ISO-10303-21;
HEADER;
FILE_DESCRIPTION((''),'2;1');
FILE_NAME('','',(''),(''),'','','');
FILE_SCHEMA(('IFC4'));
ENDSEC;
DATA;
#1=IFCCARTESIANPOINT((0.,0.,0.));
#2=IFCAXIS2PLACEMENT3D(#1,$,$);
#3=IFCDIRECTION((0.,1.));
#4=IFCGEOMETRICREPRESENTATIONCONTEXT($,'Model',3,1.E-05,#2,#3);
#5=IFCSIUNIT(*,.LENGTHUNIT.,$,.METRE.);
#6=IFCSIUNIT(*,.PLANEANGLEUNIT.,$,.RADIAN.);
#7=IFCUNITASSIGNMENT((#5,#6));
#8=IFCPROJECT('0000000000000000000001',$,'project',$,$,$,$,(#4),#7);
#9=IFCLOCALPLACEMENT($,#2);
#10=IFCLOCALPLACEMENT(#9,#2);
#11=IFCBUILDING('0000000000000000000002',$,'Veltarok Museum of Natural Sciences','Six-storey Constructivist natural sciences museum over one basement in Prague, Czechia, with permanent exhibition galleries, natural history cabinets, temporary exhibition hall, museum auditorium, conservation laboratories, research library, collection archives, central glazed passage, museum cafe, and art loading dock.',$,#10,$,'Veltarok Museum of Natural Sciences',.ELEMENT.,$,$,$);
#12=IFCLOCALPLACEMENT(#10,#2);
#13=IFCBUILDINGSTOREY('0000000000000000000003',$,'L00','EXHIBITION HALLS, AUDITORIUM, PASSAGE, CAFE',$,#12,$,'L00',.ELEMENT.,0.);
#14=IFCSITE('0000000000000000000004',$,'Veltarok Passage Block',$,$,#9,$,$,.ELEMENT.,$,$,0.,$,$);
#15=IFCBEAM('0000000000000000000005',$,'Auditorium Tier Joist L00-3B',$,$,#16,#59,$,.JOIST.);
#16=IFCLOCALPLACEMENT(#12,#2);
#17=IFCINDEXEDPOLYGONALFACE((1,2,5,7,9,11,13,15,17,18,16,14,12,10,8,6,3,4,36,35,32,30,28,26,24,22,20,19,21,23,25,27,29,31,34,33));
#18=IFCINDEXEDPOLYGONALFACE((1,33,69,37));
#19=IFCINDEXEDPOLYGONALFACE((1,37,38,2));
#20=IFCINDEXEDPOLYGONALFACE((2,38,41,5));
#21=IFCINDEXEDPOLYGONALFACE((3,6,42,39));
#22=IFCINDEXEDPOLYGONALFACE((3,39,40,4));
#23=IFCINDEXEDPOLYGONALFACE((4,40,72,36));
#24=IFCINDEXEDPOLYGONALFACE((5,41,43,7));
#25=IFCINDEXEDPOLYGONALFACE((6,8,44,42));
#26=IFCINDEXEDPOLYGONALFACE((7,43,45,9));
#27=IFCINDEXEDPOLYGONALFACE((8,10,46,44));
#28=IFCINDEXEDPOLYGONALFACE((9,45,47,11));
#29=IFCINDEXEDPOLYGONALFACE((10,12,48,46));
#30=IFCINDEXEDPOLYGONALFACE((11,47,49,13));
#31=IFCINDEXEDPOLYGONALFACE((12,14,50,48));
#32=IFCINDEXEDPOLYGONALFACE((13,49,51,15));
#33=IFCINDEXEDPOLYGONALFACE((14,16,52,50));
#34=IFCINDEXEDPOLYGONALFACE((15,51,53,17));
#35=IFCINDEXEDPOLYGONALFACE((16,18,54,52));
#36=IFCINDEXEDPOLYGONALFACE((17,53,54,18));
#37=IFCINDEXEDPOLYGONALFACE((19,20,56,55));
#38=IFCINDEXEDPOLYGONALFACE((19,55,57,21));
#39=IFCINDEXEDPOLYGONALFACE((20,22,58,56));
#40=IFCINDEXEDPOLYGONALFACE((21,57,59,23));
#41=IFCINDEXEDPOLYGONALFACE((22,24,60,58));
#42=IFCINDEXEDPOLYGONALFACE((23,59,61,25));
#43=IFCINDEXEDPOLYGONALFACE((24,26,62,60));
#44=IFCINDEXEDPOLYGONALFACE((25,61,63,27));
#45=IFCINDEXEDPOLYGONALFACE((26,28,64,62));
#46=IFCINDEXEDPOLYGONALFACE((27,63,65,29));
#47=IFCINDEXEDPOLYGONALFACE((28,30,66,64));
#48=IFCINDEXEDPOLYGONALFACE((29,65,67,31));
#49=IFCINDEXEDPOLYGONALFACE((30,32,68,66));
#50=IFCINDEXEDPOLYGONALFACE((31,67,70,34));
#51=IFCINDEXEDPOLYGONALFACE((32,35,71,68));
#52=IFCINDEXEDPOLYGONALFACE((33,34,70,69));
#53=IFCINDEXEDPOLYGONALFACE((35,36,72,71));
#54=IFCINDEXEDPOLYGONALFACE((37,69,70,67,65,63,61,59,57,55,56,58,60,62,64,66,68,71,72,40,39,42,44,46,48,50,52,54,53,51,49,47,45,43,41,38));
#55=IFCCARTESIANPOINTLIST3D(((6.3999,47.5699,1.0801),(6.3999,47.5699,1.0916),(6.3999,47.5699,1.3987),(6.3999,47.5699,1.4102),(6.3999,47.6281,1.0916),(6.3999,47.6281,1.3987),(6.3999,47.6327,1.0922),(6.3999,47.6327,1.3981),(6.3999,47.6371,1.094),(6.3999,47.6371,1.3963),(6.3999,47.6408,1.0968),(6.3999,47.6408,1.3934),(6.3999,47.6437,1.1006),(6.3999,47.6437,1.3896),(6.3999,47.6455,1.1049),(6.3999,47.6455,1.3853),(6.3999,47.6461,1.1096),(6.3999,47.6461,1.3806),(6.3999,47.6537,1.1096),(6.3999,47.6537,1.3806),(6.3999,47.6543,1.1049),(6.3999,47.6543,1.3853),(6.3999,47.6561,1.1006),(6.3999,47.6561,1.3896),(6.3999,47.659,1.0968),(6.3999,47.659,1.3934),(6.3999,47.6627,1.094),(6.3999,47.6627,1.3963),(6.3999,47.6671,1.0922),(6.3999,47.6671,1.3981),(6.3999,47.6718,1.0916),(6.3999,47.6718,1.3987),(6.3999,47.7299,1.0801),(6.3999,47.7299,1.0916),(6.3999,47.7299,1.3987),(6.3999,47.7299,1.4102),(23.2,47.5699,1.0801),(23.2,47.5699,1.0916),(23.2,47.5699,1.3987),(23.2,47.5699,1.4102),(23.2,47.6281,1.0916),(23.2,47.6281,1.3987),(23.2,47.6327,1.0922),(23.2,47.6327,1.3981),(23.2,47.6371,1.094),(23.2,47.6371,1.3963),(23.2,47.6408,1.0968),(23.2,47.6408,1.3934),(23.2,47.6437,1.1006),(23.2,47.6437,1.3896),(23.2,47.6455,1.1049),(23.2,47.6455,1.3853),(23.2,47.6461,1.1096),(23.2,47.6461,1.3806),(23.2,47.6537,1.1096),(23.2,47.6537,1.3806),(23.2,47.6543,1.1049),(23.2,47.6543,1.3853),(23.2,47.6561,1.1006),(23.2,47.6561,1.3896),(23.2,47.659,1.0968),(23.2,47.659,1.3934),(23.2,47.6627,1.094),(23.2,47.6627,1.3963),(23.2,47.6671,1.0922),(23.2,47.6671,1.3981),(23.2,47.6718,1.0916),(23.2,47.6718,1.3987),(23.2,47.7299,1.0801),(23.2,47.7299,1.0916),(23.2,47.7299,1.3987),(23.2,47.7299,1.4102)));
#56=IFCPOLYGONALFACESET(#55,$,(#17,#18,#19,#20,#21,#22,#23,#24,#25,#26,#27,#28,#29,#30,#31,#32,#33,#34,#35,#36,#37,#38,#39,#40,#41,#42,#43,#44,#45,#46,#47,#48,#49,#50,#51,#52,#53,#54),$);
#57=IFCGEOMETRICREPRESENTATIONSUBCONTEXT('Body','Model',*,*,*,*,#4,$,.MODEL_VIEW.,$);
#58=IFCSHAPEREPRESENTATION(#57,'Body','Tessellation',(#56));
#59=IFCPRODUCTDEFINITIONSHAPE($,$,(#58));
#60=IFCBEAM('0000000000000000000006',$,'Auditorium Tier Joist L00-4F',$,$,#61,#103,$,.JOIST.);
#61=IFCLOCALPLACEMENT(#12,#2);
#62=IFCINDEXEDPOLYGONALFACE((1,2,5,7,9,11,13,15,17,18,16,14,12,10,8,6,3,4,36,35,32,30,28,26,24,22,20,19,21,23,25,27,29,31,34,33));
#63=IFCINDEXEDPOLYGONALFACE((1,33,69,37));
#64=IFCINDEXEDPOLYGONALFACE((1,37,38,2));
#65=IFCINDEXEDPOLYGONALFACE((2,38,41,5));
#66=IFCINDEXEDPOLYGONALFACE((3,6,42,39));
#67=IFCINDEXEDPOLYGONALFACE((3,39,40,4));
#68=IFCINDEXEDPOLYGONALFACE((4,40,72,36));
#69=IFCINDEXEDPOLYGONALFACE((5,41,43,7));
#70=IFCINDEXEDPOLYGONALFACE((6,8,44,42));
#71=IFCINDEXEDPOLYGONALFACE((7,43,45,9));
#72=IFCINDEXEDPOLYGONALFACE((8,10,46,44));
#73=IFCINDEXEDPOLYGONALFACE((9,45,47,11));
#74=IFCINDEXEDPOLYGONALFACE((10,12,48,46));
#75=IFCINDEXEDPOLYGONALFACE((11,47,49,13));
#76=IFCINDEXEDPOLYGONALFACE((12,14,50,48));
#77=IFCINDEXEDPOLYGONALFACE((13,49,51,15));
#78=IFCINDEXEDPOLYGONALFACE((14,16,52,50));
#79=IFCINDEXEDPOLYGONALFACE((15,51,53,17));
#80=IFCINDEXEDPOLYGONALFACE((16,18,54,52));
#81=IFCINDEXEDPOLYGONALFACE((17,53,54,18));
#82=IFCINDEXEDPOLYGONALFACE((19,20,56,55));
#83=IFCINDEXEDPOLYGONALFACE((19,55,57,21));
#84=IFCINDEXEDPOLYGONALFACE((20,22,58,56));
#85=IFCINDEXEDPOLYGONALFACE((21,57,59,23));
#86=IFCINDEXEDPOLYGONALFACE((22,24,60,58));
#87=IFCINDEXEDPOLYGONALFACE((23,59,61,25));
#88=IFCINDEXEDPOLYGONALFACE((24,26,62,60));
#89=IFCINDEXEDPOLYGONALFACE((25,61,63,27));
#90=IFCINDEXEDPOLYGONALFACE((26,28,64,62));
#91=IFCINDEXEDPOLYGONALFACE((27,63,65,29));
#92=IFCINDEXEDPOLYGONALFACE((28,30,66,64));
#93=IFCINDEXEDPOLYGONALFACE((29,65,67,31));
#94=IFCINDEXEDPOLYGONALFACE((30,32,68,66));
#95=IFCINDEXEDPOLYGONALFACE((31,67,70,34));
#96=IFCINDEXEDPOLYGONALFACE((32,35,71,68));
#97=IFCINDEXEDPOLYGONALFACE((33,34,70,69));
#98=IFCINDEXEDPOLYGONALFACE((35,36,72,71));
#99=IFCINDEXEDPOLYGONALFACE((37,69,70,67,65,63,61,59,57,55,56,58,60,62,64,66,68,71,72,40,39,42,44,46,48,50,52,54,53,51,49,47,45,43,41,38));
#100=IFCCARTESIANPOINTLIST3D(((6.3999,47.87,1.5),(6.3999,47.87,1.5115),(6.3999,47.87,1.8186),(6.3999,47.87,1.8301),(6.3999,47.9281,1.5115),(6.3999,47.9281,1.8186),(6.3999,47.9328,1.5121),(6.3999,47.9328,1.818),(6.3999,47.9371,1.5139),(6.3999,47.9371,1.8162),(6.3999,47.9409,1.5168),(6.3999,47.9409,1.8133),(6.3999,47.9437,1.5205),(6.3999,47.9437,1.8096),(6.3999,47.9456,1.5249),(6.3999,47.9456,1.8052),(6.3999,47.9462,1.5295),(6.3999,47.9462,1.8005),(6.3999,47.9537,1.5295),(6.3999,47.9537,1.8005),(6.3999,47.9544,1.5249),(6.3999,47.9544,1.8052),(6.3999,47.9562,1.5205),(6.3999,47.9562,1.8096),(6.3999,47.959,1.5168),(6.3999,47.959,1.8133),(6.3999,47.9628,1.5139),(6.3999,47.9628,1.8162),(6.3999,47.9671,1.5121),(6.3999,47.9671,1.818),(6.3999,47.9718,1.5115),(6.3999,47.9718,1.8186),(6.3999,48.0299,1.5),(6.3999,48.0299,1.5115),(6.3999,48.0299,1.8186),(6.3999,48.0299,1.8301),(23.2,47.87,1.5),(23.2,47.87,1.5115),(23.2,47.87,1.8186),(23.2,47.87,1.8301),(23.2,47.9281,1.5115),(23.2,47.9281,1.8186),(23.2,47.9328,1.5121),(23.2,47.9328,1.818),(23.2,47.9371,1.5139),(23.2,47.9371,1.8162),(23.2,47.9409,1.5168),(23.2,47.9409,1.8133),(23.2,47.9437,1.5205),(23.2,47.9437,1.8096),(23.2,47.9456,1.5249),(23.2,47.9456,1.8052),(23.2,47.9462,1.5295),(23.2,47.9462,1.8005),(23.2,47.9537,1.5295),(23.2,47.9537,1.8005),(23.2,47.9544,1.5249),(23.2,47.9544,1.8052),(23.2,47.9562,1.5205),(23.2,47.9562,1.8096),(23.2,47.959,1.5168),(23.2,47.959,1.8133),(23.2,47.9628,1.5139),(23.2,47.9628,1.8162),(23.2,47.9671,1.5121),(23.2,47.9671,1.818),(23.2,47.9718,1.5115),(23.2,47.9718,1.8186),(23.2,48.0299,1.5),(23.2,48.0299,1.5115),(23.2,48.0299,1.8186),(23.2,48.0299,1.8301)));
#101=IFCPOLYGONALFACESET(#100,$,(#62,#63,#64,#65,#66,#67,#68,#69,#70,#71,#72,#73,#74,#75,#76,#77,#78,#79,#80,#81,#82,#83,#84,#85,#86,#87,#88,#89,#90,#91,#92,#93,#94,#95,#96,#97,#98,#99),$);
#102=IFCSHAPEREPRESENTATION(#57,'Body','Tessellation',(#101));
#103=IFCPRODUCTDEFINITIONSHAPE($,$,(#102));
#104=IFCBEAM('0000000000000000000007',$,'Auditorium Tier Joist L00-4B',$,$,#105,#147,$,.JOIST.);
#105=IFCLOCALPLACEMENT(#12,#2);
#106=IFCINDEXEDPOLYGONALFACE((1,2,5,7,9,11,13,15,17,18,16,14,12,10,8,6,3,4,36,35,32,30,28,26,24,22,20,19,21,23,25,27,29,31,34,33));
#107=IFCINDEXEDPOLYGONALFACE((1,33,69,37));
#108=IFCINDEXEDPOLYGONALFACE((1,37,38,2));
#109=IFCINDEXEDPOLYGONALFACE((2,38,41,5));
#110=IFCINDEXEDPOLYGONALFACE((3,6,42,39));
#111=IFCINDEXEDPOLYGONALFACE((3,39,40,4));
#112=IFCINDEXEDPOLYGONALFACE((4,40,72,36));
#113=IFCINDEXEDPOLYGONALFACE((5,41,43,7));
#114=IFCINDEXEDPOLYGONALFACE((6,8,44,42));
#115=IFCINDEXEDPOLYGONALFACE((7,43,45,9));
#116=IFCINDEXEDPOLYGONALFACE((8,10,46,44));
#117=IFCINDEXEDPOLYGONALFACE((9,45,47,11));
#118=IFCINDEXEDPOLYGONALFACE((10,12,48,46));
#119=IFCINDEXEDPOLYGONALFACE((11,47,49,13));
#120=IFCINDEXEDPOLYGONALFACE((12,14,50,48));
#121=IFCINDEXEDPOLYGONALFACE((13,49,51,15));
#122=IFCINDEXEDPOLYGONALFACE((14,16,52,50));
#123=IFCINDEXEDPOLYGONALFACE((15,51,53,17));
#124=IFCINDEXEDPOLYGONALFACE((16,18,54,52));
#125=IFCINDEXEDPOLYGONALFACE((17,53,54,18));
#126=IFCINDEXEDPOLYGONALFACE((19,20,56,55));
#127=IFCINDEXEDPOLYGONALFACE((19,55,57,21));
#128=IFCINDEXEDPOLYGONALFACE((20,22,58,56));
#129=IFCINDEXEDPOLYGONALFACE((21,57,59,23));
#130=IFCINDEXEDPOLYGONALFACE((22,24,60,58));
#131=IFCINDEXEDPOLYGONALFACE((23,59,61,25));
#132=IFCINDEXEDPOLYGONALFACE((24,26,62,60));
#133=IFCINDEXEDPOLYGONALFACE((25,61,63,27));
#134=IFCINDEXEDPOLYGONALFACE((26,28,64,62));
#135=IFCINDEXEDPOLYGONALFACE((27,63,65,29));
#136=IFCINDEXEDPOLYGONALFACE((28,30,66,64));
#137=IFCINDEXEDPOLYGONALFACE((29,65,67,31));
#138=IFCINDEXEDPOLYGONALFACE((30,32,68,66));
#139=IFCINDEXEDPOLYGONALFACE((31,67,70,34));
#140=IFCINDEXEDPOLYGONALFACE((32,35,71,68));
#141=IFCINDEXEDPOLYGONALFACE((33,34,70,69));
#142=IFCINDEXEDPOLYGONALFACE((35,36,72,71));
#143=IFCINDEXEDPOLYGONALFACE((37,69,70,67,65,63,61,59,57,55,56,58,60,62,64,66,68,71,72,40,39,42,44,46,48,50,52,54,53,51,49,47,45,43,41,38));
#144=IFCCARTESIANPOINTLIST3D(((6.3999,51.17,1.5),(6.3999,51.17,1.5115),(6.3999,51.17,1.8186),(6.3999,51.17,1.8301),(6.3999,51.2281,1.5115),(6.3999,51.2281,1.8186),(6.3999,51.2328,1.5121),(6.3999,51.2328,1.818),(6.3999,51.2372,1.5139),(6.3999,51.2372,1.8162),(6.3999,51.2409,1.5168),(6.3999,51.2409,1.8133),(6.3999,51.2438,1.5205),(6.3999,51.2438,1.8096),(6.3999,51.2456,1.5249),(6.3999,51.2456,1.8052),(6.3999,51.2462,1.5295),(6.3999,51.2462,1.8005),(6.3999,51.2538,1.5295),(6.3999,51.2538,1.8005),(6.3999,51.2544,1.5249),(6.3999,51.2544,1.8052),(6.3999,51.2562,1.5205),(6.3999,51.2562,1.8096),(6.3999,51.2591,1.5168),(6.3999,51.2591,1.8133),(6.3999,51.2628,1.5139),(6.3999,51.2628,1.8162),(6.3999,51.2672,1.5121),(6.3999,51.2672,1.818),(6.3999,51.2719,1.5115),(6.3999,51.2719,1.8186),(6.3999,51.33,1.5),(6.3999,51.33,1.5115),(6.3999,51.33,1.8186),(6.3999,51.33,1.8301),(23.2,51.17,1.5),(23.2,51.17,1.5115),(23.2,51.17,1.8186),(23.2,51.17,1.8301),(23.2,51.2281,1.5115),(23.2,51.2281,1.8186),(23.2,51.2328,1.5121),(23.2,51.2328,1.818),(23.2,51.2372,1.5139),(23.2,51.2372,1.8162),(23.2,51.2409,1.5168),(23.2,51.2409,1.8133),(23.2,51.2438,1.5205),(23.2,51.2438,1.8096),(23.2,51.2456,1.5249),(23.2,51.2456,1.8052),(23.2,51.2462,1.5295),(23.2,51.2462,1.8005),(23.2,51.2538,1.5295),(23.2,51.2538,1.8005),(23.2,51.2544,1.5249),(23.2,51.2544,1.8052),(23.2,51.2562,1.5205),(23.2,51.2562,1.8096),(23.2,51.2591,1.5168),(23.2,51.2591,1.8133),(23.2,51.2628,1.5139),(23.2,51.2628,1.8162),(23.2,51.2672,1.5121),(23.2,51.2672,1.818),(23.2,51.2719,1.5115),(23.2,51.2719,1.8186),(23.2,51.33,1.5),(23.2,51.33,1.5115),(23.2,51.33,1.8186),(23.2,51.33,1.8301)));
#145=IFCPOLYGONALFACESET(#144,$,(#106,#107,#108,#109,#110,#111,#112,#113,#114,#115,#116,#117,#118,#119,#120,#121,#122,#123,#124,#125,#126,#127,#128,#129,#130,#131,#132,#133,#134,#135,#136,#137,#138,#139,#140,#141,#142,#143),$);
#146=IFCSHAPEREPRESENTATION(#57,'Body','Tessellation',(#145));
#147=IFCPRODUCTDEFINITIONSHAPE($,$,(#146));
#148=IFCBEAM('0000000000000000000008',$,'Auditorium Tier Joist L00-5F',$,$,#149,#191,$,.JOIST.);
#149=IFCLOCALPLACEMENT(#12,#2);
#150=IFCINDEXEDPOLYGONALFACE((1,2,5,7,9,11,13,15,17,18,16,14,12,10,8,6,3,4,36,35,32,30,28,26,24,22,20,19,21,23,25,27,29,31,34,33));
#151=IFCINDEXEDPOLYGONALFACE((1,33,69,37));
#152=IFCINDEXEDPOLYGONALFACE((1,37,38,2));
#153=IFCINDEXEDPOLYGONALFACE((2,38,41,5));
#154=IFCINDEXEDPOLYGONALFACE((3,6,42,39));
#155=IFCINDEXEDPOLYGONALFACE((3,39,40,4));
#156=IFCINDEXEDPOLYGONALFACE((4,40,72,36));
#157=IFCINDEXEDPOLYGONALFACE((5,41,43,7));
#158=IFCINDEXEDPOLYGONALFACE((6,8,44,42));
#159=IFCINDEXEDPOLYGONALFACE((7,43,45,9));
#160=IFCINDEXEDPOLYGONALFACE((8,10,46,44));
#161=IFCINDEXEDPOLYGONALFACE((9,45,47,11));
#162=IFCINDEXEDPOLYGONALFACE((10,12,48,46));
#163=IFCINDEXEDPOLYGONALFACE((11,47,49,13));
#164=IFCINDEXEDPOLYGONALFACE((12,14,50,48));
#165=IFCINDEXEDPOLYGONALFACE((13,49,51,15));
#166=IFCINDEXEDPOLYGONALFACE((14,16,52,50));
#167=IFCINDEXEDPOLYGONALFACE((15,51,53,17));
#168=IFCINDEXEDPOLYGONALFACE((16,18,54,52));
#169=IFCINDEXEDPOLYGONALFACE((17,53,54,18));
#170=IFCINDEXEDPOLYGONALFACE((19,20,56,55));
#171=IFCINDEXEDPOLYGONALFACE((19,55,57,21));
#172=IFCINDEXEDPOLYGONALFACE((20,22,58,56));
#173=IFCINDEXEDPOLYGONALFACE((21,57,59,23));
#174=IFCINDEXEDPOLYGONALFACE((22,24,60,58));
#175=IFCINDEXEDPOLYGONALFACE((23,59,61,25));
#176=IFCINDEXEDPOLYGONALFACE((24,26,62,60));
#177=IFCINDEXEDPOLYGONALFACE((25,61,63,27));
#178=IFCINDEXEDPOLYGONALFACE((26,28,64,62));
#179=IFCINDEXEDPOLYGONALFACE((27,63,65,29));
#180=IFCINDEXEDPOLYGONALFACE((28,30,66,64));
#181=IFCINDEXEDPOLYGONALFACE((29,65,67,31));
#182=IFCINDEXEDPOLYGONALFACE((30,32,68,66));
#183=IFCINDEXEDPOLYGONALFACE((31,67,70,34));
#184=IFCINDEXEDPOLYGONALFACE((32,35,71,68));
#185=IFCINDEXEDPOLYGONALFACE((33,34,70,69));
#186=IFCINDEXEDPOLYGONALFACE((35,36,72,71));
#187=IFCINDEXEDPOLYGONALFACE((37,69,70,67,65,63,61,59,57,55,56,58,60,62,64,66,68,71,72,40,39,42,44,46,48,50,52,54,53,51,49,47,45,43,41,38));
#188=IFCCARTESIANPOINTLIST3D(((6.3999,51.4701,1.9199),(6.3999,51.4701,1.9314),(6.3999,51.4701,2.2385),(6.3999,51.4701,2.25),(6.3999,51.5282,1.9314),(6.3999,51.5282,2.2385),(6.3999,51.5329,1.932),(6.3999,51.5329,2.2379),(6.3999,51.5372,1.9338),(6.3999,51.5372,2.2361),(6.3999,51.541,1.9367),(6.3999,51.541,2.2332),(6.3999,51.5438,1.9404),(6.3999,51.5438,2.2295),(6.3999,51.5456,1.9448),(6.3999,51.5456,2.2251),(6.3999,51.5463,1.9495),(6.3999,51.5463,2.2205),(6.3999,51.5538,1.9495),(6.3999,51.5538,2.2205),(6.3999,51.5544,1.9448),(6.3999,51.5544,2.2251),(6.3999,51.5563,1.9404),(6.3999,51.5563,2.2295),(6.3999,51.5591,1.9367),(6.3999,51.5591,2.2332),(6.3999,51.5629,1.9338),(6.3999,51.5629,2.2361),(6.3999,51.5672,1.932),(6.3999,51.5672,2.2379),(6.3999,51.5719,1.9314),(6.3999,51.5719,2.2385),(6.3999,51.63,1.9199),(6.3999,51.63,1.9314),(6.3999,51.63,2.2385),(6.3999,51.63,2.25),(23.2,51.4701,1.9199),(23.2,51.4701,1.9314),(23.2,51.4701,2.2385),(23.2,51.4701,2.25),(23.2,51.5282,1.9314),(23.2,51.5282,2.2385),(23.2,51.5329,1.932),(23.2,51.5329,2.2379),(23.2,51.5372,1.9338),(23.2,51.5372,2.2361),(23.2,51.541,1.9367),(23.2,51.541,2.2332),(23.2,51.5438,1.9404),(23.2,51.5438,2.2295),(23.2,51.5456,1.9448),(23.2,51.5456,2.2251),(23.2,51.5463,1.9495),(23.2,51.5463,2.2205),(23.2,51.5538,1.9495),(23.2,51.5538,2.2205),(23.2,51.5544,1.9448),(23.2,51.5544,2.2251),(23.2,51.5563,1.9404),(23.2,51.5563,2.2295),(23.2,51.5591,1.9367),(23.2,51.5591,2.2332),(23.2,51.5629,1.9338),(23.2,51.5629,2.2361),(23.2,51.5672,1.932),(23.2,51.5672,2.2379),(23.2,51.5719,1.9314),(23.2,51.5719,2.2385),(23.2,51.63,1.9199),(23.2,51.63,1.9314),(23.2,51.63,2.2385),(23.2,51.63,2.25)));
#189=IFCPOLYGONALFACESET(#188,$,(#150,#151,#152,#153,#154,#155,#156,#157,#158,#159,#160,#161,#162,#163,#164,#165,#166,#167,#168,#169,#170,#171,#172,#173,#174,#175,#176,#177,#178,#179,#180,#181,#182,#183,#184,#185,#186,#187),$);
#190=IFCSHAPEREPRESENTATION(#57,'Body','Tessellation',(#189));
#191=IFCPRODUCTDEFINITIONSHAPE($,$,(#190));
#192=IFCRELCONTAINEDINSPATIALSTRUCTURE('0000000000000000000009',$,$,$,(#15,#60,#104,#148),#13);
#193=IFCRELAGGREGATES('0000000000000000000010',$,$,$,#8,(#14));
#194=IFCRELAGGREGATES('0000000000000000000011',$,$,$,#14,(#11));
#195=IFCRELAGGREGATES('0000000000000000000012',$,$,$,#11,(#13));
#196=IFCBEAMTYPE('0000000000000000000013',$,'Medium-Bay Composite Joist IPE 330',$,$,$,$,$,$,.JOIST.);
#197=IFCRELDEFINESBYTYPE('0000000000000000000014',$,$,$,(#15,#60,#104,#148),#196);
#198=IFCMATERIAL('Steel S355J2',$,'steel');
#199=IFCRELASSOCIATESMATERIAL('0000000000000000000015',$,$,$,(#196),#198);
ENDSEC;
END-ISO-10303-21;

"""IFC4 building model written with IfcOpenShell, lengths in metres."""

from ifc_helpers import new_model, si_unit, direction, frame, origin, origin_2d, place, context, subcontext, project, spatial, i_section, extrude, material, material_profile, profile_set, type_object, element, save


model = new_model("IFC4")

# Units and contexts
model_context = context("Model", 3, precision=1e-05, world=origin(), true_north=direction((0.0, 1.0)))
body_context = subcontext(model_context, "Body", "Model", "MODEL_VIEW")
ifc_project = project(units=[si_unit("LENGTHUNIT", "METRE"), si_unit("PLANEANGLEUNIT", "RADIAN")], contexts=[model_context])

# Site, building, storey
site_placement = place(None, origin())
site = spatial("IfcSite", under=ifc_project, at=site_placement, Name="Veltarok Passage Block", CompositionType="ELEMENT", RefElevation=0.0)
building_placement = place(site_placement, origin())
building = spatial("IfcBuilding", under=site, at=building_placement, Name="Veltarok Museum of Natural Sciences", Description="Six-storey Constructivist natural sciences museum over one basement in Prague, Czechia, with permanent exhibition galleries, natural history cabinets, temporary exhibition hall, museum auditorium, conservation laboratories, research library, collection archives, central glazed passage, museum cafe, and art loading dock.", LongName="Veltarok Museum of Natural Sciences", CompositionType="ELEMENT")
storey_placement = place(building_placement, origin())
storey = spatial("IfcBuildingStorey", under=building, at=storey_placement, Name="L00", Description="EXHIBITION HALLS, AUDITORIUM, PASSAGE, CAFE", LongName="L00", CompositionType="ELEMENT", Elevation=0.0)

# Shared definitions
ifc_material_1 = material(Name="Steel S355J2", Category="steel")

# Beams
ifc_material_profile_1 = material_profile(ifc_material_1, i_section(OverallWidth=0.1599, OverallDepth=0.3301, WebThickness=0.0076, FlangeThickness=0.0115, FilletRadius=0.0181, at=origin_2d()), Name="IPE 330")
ifc_profile_set_1 = profile_set([ifc_material_profile_1], Name="Steel S355J2")
beam_type_1 = type_object("IfcBeamType", Name="Medium-Bay Composite Joist IPE 330", PredefinedType="JOIST", material=ifc_profile_set_1)
for number, where, z_axis, x_axis, name in (
    (1, (6.3999, 47.6499, 1.2451), (1.0, 0.0, 0.0), (0.0, 1.0, 0.0), "Auditorium Tier Joist L00-3B"),
    (2, (6.3999, 47.95, 1.665), (1.0, 0.0, 0.0), (0.0, 1.0, 0.0), "Auditorium Tier Joist L00-4F"),
    (3, (6.3999, 51.25, 1.665), (1.0, 0.0, 0.0), (0.0, 1.0, 0.0), "Auditorium Tier Joist L00-4B"),
    (4, (6.3999, 51.55, 2.085), (1.0, 0.0, 0.0), (0.0, 1.0, 0.0), "Auditorium Tier Joist L00-5F"),
):
    element("IfcBeam", number, at=place(storey_placement, frame(where, z_axis=z_axis, x_axis=x_axis)), inside=storey, type_object=beam_type_1, Name=name, PredefinedType="JOIST", context=body_context, shape_type="SweptSolid", body=[
        extrude(i_section(OverallWidth=0.1599, OverallDepth=0.3301, WebThickness=0.0076, FlangeThickness=0.0115, FilletRadius=0.0181, at=origin_2d()), origin(), (0.0, 0.0, 1.0), 16.8),
    ])

save(model, "model.ifc")
